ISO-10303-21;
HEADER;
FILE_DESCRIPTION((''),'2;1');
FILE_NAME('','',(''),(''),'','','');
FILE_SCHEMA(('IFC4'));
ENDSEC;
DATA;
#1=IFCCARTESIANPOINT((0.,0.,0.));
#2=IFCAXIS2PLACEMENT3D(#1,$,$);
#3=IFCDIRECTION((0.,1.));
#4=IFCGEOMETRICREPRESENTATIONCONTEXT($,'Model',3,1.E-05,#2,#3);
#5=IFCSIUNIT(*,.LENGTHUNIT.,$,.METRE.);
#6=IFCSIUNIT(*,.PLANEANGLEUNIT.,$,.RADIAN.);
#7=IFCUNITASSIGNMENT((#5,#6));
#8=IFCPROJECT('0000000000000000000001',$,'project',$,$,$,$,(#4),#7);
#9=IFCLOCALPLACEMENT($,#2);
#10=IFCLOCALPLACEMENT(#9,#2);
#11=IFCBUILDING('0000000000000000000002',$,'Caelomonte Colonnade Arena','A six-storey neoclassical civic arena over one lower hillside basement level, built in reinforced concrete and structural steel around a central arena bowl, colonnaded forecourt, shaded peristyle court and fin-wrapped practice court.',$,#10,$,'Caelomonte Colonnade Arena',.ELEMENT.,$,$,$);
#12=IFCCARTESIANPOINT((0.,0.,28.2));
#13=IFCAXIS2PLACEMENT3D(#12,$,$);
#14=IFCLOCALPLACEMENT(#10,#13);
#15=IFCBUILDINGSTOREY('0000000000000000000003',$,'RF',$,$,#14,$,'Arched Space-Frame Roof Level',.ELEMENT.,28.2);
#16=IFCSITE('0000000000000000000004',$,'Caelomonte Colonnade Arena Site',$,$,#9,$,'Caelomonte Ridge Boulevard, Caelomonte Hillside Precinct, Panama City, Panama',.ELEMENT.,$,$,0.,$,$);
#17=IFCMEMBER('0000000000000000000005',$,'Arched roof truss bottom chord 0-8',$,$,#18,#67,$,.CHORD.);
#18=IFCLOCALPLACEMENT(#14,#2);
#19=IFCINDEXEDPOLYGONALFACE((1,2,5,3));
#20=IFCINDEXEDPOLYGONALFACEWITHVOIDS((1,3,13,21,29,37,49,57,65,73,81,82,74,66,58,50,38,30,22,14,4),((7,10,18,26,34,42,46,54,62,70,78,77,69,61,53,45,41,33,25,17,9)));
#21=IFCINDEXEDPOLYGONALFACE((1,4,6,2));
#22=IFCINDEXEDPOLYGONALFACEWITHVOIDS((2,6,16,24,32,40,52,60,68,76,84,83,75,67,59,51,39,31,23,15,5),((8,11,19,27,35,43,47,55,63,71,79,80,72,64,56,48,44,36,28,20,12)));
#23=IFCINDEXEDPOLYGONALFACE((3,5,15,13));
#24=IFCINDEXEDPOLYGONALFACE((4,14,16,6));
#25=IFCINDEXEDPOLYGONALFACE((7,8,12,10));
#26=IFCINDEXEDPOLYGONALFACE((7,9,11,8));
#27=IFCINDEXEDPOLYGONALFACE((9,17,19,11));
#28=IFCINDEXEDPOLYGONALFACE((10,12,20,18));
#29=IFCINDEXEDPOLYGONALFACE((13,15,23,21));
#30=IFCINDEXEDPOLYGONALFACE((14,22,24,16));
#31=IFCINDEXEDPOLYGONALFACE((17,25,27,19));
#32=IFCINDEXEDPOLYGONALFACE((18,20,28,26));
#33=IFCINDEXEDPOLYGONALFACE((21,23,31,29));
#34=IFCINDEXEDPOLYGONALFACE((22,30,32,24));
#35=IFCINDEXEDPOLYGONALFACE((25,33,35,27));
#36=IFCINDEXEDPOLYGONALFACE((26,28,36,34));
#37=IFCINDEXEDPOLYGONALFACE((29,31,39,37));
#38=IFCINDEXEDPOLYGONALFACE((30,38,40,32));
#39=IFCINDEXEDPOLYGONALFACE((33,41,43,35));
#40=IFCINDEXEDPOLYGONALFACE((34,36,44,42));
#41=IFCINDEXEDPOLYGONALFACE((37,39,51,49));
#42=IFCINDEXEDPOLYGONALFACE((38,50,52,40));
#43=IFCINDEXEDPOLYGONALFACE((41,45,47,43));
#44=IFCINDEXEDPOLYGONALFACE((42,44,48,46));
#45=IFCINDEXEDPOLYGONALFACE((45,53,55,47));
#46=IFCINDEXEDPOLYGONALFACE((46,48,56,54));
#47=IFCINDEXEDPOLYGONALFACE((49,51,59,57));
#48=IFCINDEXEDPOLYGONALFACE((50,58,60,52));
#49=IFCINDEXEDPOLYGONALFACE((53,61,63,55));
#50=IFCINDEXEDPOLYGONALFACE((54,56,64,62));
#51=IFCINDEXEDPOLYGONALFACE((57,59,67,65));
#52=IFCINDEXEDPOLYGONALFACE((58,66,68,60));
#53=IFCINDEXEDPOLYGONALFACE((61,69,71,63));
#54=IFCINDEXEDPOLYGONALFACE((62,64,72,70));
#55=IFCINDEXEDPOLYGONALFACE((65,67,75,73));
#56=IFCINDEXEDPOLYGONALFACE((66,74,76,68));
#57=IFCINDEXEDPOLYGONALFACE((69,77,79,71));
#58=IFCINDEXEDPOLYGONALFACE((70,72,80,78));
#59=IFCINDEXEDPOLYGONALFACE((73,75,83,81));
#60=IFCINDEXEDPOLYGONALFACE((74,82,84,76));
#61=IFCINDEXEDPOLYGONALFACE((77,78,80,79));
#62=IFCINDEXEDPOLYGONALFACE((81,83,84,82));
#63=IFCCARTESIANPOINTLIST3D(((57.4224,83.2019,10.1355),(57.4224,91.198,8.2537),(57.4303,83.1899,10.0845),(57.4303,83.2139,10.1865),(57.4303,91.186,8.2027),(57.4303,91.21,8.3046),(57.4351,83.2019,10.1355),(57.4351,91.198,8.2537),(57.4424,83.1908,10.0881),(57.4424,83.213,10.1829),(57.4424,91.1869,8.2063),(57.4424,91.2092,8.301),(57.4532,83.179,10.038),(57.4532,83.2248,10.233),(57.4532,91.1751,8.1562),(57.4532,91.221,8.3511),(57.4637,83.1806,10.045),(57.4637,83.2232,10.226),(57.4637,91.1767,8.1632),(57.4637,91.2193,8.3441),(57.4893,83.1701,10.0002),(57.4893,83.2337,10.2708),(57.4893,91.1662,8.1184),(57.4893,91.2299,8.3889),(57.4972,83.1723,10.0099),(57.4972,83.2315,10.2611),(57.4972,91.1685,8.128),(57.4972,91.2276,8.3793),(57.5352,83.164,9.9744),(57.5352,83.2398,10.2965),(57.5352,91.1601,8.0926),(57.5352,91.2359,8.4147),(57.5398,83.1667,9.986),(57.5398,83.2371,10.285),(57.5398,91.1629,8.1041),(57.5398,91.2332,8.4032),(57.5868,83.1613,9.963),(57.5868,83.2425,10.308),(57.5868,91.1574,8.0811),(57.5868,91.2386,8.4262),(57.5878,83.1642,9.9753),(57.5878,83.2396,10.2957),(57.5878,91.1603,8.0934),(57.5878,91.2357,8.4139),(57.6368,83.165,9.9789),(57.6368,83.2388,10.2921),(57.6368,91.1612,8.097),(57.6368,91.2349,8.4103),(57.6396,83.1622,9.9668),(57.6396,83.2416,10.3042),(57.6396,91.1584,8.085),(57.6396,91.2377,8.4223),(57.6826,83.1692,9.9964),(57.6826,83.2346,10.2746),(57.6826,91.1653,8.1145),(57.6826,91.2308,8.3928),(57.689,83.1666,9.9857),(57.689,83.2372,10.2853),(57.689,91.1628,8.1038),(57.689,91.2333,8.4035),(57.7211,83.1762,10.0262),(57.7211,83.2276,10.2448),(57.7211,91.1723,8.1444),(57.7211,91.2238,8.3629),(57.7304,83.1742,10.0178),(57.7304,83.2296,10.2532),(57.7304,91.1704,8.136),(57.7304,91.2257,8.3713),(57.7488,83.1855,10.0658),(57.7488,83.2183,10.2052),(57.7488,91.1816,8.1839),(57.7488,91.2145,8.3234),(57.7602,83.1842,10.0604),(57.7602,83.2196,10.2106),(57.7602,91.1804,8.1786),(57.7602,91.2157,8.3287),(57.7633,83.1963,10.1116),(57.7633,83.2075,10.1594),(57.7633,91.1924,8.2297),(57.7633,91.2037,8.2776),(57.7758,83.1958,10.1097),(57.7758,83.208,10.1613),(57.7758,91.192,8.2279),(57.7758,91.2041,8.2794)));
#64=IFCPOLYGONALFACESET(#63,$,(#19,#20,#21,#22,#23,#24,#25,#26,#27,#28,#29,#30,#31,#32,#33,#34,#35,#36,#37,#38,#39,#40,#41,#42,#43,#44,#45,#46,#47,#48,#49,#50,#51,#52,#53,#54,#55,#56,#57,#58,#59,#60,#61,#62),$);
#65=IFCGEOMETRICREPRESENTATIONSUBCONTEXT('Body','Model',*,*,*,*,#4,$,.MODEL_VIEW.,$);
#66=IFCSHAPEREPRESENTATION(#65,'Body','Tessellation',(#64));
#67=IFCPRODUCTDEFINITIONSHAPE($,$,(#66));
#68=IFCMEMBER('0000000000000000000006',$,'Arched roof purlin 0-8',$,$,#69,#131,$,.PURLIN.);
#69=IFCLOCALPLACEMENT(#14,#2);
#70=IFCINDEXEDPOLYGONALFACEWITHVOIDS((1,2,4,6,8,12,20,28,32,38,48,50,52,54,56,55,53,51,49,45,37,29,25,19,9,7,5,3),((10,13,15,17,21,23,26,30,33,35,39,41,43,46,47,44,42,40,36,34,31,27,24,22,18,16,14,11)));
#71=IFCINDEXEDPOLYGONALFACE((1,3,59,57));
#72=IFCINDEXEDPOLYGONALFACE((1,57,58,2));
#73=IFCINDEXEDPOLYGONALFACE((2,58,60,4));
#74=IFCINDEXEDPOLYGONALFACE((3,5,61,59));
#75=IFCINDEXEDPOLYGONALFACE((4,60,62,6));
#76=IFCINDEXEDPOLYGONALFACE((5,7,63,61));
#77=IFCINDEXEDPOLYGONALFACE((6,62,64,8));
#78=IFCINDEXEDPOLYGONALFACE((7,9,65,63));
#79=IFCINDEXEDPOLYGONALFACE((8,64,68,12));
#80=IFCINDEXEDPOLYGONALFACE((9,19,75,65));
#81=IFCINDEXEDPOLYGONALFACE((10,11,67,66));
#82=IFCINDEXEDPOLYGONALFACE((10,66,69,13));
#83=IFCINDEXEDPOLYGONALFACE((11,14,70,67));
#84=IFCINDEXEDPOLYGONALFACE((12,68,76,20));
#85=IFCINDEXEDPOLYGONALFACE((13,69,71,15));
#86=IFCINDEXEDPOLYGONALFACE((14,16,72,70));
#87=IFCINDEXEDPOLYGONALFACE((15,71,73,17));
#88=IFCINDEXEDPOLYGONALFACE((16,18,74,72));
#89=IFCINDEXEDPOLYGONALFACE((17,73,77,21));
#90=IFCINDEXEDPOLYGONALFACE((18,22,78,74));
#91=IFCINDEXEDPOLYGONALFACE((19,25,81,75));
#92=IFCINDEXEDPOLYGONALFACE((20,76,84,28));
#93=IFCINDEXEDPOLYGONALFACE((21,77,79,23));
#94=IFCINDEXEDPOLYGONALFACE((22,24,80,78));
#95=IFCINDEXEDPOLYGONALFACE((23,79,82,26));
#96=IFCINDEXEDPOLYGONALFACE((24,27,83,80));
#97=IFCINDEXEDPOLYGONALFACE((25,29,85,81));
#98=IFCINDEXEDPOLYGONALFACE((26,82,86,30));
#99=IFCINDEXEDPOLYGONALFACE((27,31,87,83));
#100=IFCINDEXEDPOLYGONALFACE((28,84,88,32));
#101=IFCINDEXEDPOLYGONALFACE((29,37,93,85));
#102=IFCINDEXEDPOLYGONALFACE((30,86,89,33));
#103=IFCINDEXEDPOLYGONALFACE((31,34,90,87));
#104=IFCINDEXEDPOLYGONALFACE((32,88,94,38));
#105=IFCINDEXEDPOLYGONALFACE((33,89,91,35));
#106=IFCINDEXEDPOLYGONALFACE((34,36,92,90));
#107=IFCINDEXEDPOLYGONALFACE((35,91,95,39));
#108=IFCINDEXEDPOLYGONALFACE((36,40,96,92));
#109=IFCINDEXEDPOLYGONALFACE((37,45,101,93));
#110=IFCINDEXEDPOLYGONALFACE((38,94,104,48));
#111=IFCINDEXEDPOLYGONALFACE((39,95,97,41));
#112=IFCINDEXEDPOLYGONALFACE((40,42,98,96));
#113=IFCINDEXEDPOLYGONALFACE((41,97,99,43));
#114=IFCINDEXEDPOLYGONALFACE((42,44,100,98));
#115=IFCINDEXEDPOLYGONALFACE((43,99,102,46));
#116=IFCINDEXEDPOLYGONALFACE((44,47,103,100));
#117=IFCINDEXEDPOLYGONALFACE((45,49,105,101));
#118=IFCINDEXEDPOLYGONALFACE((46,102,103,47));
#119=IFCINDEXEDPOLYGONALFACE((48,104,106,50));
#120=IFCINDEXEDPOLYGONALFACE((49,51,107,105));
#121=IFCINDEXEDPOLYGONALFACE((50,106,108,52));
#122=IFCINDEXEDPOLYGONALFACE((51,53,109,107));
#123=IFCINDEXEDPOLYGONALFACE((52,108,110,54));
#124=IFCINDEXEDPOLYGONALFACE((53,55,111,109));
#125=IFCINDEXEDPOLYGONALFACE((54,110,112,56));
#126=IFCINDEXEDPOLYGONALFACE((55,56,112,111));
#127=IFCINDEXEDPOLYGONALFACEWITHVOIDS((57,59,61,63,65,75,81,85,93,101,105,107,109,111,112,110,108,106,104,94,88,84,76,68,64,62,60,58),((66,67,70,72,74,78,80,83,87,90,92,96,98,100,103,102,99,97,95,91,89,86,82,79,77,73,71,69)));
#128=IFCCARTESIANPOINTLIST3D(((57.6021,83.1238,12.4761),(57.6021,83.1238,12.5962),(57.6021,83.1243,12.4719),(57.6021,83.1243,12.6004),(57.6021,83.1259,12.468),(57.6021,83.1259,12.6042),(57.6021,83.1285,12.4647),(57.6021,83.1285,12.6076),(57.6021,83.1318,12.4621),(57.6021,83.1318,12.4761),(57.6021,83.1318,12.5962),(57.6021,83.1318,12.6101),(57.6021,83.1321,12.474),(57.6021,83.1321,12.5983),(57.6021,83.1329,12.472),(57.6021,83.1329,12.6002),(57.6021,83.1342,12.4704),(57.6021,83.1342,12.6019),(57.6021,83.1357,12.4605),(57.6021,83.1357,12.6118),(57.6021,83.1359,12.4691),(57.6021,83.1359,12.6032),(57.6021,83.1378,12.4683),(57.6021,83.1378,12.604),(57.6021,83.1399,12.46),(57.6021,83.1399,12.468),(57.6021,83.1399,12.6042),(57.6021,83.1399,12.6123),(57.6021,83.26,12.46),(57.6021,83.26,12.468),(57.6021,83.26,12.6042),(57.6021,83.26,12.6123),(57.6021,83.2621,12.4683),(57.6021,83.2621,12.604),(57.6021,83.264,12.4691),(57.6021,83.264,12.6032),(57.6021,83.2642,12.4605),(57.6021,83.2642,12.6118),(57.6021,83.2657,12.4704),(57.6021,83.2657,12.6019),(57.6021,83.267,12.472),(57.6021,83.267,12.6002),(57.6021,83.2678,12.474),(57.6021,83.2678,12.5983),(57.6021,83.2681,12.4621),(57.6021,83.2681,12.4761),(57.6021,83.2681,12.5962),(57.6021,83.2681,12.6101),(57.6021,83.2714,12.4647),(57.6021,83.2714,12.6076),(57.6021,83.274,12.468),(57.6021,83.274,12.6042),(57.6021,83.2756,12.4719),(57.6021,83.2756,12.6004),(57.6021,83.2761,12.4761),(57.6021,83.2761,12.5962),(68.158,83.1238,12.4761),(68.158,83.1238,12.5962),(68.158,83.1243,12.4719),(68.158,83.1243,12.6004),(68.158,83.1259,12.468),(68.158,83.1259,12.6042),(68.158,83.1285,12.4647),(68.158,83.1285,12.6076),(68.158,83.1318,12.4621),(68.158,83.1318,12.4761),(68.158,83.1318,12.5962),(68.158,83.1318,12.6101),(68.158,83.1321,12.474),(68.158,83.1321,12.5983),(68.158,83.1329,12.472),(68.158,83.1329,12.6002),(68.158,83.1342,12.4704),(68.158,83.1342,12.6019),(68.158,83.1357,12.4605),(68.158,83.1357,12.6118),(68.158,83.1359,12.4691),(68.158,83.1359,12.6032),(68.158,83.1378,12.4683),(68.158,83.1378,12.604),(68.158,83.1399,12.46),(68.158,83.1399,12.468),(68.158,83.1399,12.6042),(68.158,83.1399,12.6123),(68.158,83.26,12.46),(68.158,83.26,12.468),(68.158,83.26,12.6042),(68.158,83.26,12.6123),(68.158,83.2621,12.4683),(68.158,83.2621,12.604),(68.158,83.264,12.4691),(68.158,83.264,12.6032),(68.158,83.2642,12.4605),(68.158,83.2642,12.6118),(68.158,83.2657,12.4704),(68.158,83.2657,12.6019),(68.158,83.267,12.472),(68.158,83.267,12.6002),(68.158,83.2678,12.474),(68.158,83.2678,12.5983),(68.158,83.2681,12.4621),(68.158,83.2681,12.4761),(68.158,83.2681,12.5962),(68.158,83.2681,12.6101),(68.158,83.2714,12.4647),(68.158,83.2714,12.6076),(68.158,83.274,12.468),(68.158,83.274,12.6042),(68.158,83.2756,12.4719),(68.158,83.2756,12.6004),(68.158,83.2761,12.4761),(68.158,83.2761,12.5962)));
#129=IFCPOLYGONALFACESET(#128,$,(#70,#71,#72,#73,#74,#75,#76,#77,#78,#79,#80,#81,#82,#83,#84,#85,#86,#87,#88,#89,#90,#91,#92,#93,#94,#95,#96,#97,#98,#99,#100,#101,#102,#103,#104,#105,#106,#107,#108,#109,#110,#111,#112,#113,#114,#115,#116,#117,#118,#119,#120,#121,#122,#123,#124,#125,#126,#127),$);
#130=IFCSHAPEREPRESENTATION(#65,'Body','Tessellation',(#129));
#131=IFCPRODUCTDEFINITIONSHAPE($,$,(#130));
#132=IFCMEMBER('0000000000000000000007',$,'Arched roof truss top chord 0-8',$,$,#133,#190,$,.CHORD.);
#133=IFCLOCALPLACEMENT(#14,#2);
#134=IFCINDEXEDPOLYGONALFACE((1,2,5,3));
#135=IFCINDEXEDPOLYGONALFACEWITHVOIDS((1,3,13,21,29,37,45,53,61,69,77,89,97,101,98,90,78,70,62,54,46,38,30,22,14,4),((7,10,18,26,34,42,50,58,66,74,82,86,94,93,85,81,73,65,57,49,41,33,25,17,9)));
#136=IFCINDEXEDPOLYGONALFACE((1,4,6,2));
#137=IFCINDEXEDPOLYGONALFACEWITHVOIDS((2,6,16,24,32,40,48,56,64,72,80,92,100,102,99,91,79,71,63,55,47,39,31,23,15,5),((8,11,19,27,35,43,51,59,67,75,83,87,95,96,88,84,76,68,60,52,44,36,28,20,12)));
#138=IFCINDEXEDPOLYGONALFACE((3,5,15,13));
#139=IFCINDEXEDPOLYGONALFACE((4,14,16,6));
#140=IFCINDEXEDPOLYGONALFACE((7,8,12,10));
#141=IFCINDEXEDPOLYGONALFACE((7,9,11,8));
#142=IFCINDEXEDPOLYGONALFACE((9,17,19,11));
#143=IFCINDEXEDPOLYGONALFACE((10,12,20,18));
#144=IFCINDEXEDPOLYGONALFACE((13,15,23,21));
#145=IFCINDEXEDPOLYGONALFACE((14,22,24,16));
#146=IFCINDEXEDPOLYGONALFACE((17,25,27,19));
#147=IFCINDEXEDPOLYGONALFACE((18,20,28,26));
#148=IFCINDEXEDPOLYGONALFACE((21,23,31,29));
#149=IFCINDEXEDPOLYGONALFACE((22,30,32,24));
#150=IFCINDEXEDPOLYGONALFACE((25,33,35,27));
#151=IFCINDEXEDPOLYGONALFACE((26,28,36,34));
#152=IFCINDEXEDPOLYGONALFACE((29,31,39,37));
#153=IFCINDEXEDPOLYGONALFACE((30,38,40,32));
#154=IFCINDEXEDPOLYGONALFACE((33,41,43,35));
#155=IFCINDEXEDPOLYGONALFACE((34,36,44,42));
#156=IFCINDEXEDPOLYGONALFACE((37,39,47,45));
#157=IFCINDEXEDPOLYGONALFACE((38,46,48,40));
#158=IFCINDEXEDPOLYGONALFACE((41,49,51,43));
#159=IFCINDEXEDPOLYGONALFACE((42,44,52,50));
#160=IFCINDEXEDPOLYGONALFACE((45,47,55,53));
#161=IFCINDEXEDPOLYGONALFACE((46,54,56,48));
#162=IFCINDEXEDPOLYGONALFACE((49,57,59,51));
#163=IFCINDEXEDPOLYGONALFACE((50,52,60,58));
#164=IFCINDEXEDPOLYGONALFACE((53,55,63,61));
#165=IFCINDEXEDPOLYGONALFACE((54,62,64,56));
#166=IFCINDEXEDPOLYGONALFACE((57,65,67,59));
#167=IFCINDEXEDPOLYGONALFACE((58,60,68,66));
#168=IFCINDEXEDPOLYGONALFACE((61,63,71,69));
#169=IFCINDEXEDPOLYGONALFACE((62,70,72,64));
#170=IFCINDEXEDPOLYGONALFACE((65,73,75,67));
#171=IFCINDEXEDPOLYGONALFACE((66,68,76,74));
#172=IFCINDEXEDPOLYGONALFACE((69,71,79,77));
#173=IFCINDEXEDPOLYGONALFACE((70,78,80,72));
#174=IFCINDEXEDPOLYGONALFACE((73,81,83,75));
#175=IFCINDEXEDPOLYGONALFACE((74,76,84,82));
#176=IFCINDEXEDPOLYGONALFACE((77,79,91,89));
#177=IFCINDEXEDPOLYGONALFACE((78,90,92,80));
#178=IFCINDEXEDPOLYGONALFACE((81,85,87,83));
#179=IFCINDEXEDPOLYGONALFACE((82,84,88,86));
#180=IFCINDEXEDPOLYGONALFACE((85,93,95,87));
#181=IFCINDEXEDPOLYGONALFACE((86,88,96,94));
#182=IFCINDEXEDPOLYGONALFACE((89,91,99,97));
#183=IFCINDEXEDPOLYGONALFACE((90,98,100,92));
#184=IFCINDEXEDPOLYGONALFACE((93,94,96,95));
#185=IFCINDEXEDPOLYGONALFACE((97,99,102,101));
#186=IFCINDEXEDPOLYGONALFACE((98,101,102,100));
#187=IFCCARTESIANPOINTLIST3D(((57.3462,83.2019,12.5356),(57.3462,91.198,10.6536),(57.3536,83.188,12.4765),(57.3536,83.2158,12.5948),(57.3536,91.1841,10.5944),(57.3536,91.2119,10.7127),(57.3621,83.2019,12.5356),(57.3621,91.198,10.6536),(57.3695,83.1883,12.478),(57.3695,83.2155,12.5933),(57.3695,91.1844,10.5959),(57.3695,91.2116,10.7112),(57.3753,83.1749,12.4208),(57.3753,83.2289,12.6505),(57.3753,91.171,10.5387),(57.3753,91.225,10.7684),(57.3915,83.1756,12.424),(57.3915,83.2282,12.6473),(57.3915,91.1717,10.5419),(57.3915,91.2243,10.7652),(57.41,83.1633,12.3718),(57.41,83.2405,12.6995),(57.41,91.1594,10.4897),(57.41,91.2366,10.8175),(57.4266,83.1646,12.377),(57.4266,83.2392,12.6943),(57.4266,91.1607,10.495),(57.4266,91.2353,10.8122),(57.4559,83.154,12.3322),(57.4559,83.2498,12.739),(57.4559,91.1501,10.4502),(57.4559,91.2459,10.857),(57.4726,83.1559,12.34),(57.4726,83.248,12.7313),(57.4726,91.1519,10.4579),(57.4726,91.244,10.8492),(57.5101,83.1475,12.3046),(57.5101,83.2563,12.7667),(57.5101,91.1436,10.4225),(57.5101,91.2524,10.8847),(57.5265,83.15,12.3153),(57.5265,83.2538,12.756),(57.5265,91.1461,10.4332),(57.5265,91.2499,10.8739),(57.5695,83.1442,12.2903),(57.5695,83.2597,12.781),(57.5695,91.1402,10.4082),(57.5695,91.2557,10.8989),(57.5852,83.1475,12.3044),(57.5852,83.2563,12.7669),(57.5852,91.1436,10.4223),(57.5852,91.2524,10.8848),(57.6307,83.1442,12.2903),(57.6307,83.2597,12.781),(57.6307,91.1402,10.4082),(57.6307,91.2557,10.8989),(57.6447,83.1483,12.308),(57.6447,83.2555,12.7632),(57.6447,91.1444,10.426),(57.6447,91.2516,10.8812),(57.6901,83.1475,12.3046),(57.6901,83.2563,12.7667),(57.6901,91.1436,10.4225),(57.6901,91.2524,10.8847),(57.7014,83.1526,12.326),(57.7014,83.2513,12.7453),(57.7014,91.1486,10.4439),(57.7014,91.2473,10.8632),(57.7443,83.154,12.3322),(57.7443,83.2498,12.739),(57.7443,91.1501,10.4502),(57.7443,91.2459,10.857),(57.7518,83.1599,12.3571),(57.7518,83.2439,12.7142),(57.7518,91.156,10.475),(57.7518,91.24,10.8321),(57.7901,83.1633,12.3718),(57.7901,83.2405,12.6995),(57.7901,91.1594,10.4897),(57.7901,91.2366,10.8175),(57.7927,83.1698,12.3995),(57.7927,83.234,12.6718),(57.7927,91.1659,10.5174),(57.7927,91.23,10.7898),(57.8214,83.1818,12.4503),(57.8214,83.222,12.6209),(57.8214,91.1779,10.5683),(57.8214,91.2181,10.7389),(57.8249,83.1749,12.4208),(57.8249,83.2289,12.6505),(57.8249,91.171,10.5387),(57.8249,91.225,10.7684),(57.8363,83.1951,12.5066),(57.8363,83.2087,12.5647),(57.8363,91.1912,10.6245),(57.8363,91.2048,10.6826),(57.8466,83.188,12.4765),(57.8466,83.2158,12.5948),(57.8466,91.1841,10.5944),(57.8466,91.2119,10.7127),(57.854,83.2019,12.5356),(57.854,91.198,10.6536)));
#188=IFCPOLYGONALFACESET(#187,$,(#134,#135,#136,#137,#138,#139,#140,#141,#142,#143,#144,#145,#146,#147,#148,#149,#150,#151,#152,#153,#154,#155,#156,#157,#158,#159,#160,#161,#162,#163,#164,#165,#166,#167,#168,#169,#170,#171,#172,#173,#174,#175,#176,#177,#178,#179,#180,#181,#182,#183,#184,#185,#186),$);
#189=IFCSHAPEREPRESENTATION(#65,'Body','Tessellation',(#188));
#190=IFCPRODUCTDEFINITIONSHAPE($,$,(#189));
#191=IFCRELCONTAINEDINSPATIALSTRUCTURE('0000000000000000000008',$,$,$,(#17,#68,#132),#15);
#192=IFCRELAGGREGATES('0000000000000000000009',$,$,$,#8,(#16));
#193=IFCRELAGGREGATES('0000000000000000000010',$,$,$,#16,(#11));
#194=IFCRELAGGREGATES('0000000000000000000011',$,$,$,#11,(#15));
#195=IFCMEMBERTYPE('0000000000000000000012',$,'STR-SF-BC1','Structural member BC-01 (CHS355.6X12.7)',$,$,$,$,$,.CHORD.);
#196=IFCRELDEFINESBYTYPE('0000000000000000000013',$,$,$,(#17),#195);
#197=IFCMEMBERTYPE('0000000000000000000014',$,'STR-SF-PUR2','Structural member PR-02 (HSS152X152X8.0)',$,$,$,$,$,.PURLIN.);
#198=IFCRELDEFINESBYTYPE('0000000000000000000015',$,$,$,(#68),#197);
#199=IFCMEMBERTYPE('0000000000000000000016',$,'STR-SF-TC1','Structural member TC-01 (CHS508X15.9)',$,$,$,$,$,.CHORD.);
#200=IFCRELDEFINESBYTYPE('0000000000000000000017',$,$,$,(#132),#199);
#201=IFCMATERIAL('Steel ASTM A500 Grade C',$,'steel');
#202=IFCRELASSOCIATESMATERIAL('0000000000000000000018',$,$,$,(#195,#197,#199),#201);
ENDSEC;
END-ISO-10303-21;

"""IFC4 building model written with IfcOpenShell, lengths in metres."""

from ifc_helpers import new_model, si_unit, direction, frame, origin, origin_2d, place, context, subcontext, project, spatial, hollow_rectangle, hollow_circle, extrude, material, material_profile, profile_set, type_object, element, save


model = new_model("IFC4")

# Units and contexts
model_context = context("Model", 3, precision=1e-05, world=origin(), true_north=direction((0.0, 1.0)))
body_context = subcontext(model_context, "Body", "Model", "MODEL_VIEW")
ifc_project = project(units=[si_unit("LENGTHUNIT", "METRE"), si_unit("PLANEANGLEUNIT", "RADIAN")], contexts=[model_context])

# Site, building, storey
site_placement = place(None, origin())
site = spatial("IfcSite", under=ifc_project, at=site_placement, Name="Caelomonte Colonnade Arena Site", LongName="Caelomonte Ridge Boulevard, Caelomonte Hillside Precinct, Panama City, Panama", CompositionType="ELEMENT", RefElevation=0.0)
building_placement = place(site_placement, origin())
building = spatial("IfcBuilding", under=site, at=building_placement, Name="Caelomonte Colonnade Arena", Description="A six-storey neoclassical civic arena over one lower hillside basement level, built in reinforced concrete and structural steel around a central arena bowl, colonnaded forecourt, shaded peristyle court and fin-wrapped practice court.", LongName="Caelomonte Colonnade Arena", CompositionType="ELEMENT")
storey_placement = place(building_placement, frame((0.0, 0.0, 28.2)))
storey = spatial("IfcBuildingStorey", under=building, at=storey_placement, Name="RF", LongName="Arched Space-Frame Roof Level", CompositionType="ELEMENT", Elevation=28.2)

# Members
ifc_material_1 = material(Name="Steel ASTM A500 Grade C", Category="steel")
ifc_material_profile_1 = material_profile(ifc_material_1, hollow_circle(Radius=0.1777, WallThickness=0.0127, at=origin_2d()), Name="CHS355.6X12.7")
ifc_profile_set_1 = profile_set([ifc_material_profile_1], Name="Steel ASTM A500 Grade C")
member_type_1 = type_object("IfcMemberType", Name="STR-SF-BC1", Description="Structural member BC-01 (CHS355.6X12.7)", PredefinedType="CHORD", material=ifc_profile_set_1)
member_1_placement = place(storey_placement, frame((57.6001, 83.2019, 10.1355), z_axis=(0.0, 0.973406, -0.229086), x_axis=(-1.0, 0.0, 0.0)))
element("IfcMember", 1, at=member_1_placement, inside=storey, type_object=member_type_1, Name="Arched roof truss bottom chord 0-8", PredefinedType="CHORD", context=body_context, shape_type="SweptSolid", body=[
    extrude(hollow_circle(Radius=0.1777, WallThickness=0.0127, at=origin_2d()), origin(), (0.0, 0.0, 1.0), 8.2146),
])
ifc_material_profile_2 = material_profile(ifc_material_1, hollow_rectangle(XDim=0.1523, YDim=0.1523, WallThickness=0.0081, InnerFilletRadius=0.0081, OuterFilletRadius=0.0161, at=origin_2d()), Name="HSS152X152X8.0")
ifc_profile_set_2 = profile_set([ifc_material_profile_2], Name="Steel ASTM A500 Grade C")
member_type_2 = type_object("IfcMemberType", Name="STR-SF-PUR2", Description="Structural member PR-02 (HSS152X152X8.0)", PredefinedType="PURLIN", material=ifc_profile_set_2)
member_2_placement = place(storey_placement, frame((57.6021, 83.2, 12.5361), z_axis=(1.0, 0.0, 0.0), x_axis=(0.0, 1.0, 0.0)))
element("IfcMember", 2, at=member_2_placement, inside=storey, type_object=member_type_2, Name="Arched roof purlin 0-8", PredefinedType="PURLIN", context=body_context, shape_type="SweptSolid", body=[
    extrude(hollow_rectangle(XDim=0.1523, YDim=0.1523, WallThickness=0.0081, InnerFilletRadius=0.0081, OuterFilletRadius=0.0161, at=origin_2d()), origin(), (0.0, 0.0, 1.0), 10.5559),
])
ifc_material_profile_3 = material_profile(ifc_material_1, hollow_circle(Radius=0.2539, WallThickness=0.0159, at=origin_2d()), Name="CHS508X15.9")
ifc_profile_set_3 = profile_set([ifc_material_profile_3], Name="Steel ASTM A500 Grade C")
member_type_3 = type_object("IfcMemberType", Name="STR-SF-TC1", Description="Structural member TC-01 (CHS508X15.9)", PredefinedType="CHORD", material=ifc_profile_set_3)
member_3_placement = place(storey_placement, frame((57.6001, 83.2019, 12.5356), z_axis=(0.0, 0.9734, -0.229114), x_axis=(-1.0, 0.0, 0.0)))
element("IfcMember", 3, at=member_3_placement, inside=storey, type_object=member_type_3, Name="Arched roof truss top chord 0-8", PredefinedType="CHORD", context=body_context, shape_type="SweptSolid", body=[
    extrude(hollow_circle(Radius=0.2539, WallThickness=0.0159, at=origin_2d()), origin(), (0.0, 0.0, 1.0), 8.2146),
])

save(model, "model.ifc")
